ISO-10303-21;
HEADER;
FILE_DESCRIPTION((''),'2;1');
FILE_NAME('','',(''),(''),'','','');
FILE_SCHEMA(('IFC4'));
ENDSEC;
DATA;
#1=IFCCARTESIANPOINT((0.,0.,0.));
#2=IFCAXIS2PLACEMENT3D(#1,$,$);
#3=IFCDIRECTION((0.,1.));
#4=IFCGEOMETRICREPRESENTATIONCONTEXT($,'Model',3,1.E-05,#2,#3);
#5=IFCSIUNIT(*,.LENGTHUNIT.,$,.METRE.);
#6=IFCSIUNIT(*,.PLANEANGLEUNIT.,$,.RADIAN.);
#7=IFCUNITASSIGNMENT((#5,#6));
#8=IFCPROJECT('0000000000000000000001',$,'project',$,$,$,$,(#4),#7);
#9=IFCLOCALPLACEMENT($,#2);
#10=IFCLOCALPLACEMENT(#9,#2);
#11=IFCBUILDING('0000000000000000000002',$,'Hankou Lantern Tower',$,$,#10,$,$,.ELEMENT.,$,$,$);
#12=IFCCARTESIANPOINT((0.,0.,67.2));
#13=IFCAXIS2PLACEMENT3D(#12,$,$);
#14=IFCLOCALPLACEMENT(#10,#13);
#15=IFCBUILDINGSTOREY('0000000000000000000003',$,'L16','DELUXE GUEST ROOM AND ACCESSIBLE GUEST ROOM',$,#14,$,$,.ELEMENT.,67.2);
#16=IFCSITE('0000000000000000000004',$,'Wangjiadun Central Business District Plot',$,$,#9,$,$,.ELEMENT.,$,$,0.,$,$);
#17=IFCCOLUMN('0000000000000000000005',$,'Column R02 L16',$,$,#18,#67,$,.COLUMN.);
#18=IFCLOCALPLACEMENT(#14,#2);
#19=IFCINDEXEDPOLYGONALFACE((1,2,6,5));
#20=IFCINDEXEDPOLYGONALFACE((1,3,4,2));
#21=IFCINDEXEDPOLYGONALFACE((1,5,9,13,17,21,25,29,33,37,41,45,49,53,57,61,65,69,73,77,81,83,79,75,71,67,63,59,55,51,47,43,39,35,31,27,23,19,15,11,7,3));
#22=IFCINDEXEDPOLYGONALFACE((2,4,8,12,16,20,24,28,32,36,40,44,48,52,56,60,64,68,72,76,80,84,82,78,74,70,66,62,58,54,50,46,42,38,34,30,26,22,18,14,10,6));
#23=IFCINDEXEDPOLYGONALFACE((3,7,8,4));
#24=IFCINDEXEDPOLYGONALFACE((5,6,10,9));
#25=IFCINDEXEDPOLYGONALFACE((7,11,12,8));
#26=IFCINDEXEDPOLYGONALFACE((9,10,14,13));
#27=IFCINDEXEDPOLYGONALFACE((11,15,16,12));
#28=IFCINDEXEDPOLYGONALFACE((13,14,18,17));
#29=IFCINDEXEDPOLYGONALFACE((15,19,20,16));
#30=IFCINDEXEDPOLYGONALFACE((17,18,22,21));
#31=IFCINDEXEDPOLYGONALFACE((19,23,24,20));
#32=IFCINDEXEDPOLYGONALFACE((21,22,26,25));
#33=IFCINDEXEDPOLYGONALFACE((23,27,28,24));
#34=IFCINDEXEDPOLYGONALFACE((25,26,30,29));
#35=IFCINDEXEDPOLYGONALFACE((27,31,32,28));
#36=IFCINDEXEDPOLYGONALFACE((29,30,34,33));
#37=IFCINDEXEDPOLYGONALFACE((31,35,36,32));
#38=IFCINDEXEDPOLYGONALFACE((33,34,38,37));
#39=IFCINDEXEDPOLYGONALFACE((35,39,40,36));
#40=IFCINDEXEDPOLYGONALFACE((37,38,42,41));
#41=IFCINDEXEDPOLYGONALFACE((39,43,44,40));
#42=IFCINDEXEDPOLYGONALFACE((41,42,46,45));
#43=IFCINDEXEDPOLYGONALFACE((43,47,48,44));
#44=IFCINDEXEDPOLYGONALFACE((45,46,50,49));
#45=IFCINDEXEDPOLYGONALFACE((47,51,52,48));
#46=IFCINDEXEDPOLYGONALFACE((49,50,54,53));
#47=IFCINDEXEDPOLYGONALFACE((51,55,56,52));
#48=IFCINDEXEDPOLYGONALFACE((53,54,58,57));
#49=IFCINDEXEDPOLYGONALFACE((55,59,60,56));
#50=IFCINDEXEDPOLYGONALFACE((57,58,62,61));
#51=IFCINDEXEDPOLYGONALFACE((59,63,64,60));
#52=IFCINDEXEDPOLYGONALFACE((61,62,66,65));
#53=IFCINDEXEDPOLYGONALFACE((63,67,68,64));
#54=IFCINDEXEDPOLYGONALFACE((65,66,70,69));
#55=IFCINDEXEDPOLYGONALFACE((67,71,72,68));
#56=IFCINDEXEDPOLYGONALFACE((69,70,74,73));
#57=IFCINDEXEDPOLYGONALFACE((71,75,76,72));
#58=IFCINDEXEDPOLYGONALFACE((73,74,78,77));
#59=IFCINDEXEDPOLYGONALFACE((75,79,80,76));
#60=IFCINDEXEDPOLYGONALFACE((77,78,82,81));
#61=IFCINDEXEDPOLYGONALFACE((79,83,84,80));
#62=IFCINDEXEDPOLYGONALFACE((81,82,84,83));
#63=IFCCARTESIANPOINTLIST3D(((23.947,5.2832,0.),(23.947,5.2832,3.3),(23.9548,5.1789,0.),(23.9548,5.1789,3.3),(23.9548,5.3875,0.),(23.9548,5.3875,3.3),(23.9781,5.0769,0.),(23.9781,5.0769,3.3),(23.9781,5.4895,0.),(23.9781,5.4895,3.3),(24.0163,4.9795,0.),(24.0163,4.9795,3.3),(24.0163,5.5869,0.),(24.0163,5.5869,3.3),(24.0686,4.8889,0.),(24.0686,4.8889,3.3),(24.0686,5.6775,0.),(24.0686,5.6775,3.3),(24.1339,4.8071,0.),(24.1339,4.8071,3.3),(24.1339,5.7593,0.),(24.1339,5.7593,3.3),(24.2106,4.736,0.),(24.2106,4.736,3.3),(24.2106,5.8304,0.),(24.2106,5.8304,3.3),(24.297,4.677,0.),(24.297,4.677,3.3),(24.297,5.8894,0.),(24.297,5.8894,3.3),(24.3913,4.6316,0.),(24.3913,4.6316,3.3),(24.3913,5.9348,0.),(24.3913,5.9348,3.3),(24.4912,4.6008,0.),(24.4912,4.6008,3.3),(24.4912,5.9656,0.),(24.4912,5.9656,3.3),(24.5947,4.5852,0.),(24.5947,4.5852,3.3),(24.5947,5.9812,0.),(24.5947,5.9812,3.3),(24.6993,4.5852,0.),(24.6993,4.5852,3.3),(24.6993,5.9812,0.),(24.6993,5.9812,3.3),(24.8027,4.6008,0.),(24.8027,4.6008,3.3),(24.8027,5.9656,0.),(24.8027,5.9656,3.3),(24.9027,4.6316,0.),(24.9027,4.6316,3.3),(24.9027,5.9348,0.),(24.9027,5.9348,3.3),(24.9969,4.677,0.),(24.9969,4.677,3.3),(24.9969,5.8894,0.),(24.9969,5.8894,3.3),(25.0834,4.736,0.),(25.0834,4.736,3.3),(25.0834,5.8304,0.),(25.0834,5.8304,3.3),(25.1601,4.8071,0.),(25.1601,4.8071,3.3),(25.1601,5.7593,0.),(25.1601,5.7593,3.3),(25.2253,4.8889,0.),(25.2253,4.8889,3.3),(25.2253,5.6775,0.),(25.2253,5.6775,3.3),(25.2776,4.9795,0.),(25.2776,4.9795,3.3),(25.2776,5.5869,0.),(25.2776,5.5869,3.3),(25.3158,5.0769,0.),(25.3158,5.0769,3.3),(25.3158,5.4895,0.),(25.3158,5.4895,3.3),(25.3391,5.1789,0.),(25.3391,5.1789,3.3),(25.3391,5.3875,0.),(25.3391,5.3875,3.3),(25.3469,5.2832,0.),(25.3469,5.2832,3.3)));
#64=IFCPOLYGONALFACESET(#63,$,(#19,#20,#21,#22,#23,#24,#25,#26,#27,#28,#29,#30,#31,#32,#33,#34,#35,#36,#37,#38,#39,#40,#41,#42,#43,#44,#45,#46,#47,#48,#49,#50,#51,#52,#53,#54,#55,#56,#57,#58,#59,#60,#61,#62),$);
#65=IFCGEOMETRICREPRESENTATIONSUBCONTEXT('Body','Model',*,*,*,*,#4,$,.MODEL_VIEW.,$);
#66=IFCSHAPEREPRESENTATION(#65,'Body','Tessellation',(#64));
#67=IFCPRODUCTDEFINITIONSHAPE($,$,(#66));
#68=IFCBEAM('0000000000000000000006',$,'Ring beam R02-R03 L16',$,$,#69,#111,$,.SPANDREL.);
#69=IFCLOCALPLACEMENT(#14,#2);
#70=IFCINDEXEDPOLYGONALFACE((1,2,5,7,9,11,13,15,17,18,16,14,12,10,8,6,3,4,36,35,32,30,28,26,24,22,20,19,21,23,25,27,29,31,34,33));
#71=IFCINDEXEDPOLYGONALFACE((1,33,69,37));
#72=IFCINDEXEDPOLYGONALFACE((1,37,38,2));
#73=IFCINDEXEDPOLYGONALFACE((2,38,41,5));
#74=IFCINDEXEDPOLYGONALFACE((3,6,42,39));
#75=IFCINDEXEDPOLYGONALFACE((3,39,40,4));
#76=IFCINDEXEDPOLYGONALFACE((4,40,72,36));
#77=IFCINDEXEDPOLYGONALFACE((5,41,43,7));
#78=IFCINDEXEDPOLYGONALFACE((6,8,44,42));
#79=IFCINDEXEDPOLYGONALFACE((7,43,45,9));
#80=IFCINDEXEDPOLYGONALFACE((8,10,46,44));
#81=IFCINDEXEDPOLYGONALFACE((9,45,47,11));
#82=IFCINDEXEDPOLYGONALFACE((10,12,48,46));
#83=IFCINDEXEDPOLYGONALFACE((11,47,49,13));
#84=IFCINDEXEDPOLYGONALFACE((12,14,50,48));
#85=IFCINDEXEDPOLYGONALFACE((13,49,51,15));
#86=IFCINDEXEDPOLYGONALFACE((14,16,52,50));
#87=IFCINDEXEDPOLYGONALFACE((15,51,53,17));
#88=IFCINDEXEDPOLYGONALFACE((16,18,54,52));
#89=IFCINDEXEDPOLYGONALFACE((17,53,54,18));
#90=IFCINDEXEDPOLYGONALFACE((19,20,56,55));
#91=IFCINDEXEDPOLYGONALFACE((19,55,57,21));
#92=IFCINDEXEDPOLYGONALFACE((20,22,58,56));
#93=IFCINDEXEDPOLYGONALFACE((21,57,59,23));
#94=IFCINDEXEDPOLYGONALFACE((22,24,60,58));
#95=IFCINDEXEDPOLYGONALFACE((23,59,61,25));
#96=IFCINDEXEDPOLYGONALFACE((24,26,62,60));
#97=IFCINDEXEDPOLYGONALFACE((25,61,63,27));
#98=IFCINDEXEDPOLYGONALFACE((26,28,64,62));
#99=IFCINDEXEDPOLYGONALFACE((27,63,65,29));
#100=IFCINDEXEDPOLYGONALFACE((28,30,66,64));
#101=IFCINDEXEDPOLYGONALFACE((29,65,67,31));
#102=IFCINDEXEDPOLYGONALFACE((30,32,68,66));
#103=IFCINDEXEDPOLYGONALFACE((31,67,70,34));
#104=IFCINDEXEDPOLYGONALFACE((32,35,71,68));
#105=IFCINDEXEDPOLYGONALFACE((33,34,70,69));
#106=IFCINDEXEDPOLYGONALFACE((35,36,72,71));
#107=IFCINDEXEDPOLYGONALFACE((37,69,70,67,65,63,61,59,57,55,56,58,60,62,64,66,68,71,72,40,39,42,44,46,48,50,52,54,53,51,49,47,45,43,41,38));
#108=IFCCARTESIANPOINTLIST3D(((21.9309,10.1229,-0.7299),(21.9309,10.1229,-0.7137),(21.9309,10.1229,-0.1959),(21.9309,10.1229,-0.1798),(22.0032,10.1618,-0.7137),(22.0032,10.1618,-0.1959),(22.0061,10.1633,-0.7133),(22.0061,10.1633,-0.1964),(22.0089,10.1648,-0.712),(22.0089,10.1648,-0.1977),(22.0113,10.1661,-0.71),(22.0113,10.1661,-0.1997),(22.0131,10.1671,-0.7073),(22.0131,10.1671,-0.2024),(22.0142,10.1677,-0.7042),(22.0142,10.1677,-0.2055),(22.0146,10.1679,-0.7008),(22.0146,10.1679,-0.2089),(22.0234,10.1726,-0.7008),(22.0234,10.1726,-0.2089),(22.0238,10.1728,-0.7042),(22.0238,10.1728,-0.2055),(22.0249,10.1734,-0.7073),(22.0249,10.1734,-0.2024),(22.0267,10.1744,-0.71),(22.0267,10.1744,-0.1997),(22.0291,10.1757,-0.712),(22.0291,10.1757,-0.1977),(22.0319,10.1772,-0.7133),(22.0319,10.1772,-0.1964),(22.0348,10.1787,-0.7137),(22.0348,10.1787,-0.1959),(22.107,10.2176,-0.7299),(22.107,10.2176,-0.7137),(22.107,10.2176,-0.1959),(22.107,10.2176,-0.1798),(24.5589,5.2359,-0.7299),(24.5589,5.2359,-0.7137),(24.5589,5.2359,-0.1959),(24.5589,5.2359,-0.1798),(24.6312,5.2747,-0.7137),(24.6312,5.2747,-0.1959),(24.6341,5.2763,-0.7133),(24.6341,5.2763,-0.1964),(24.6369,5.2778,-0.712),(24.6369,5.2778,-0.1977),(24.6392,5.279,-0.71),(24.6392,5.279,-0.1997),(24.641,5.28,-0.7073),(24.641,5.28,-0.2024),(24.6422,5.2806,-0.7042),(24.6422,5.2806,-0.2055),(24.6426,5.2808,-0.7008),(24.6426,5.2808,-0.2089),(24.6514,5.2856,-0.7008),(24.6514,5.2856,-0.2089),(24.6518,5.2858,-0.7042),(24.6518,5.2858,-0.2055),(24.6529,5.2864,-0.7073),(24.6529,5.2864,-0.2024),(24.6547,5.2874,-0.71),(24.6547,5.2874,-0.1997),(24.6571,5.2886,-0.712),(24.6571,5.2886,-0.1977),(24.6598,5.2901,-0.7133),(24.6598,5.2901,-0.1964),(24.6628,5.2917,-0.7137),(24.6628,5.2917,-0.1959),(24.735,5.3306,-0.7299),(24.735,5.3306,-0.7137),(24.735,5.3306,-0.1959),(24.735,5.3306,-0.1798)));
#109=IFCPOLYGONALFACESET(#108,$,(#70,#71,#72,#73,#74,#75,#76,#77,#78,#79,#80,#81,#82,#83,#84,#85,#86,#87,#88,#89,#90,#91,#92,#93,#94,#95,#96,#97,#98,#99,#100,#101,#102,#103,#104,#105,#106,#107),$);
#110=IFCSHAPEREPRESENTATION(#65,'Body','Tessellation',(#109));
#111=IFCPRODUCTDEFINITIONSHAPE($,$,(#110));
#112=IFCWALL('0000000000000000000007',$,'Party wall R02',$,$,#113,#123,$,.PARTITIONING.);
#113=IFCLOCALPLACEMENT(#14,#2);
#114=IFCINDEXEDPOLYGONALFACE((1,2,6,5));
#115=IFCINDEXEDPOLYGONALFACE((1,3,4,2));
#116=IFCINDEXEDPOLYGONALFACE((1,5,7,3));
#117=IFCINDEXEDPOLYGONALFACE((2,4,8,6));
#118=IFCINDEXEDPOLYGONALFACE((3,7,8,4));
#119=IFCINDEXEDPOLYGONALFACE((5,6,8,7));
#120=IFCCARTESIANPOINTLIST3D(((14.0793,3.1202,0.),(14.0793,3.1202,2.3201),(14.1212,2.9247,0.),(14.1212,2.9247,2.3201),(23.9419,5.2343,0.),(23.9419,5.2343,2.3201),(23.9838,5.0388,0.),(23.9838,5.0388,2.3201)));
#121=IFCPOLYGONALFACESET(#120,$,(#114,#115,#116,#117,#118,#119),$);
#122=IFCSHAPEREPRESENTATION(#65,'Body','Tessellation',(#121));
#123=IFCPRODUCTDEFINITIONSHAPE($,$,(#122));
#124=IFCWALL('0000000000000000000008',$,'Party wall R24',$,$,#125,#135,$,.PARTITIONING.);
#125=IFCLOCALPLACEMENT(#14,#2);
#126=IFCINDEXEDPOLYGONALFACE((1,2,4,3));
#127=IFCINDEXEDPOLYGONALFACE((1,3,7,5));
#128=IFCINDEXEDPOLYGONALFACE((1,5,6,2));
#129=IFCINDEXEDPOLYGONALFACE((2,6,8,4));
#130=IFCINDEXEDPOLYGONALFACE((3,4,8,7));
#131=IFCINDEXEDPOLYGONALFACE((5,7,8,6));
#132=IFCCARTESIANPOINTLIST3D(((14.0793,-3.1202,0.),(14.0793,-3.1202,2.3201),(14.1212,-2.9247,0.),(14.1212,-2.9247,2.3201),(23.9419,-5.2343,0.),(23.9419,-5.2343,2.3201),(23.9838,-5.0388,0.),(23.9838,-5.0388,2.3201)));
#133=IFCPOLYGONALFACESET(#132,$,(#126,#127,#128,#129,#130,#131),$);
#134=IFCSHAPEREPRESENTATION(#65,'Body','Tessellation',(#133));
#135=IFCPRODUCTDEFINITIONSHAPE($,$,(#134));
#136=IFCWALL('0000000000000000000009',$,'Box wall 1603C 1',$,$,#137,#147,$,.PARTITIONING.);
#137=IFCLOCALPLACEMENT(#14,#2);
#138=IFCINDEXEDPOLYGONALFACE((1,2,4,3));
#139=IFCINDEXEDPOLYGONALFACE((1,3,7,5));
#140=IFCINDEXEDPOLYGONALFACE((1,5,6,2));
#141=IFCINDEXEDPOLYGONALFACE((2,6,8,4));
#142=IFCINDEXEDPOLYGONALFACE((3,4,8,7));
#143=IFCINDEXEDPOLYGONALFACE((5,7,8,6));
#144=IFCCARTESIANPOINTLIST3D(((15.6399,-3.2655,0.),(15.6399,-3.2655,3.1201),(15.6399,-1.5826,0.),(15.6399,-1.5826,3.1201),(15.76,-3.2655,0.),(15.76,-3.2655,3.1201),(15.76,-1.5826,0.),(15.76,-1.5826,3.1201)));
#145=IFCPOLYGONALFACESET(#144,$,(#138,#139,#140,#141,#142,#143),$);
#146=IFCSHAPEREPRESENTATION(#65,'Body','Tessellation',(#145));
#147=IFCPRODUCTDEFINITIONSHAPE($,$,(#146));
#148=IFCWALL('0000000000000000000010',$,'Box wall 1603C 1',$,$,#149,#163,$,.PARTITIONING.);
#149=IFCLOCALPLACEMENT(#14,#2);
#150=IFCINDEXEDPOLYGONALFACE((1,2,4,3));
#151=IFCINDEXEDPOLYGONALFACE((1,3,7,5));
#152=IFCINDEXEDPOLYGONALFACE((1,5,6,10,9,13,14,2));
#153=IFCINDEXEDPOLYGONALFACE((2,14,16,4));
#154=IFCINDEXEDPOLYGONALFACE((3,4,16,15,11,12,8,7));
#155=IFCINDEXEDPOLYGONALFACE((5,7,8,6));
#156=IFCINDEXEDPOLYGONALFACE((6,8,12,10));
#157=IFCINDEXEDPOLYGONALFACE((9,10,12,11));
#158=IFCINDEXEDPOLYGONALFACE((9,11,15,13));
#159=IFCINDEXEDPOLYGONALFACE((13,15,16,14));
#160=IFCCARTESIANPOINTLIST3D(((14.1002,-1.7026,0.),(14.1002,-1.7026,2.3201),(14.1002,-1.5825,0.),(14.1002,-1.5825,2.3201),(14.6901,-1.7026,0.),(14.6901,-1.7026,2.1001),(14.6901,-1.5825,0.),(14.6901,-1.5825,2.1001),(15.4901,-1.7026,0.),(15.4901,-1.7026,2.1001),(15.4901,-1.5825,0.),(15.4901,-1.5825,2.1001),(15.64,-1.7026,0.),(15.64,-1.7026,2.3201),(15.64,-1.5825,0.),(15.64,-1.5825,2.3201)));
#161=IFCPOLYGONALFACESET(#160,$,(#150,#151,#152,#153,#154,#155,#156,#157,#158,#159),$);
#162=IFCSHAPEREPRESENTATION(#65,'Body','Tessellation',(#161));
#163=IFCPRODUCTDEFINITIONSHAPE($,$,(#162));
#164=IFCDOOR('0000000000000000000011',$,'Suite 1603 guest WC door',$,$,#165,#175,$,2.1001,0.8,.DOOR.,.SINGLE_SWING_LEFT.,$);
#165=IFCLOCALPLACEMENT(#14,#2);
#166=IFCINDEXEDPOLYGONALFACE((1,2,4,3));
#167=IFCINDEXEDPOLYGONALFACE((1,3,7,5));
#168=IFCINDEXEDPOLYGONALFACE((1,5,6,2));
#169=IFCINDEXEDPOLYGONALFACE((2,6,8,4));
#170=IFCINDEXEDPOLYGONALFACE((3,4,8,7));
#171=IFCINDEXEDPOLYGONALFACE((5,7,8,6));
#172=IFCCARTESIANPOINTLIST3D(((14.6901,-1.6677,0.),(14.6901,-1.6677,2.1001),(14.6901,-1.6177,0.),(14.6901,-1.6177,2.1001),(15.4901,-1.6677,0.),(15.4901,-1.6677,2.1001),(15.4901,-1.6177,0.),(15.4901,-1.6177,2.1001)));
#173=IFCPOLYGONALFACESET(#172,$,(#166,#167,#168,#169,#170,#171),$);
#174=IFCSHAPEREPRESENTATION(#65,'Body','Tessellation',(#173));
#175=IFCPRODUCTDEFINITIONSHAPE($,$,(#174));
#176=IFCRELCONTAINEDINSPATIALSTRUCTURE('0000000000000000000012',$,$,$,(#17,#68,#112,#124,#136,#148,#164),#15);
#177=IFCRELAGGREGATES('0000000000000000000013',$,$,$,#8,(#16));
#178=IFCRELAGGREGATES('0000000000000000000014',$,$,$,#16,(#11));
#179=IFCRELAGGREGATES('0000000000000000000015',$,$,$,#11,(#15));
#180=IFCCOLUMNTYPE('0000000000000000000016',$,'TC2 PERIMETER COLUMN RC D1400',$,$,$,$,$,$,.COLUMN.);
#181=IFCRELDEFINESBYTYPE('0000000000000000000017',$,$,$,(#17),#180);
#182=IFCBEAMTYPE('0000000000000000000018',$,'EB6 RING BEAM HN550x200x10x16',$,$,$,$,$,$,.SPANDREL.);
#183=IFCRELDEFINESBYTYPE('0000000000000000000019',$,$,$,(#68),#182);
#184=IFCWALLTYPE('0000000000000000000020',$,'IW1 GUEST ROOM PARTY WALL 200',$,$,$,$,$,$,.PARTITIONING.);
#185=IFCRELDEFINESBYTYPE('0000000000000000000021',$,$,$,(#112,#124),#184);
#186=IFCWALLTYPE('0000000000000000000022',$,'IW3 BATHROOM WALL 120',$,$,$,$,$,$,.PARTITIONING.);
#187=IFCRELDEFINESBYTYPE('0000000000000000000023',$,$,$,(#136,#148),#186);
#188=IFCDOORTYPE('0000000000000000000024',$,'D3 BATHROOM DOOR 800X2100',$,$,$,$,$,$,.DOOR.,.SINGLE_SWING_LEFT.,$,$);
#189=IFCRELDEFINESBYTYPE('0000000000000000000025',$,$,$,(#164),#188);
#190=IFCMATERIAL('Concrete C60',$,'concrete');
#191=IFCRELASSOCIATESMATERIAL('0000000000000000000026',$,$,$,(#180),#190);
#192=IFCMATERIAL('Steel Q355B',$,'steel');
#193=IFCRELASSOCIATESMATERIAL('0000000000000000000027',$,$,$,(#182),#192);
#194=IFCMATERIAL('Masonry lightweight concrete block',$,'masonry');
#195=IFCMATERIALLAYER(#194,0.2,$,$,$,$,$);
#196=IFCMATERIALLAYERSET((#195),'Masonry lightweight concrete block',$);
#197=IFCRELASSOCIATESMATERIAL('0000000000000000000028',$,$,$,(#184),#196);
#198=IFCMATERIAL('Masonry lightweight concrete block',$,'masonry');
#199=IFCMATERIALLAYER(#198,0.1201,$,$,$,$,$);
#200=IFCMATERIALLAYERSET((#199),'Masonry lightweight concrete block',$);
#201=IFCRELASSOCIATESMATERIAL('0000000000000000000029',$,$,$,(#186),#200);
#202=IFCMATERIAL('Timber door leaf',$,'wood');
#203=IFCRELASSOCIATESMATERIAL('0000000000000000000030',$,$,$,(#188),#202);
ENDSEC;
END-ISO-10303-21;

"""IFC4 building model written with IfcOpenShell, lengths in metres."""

from ifc_helpers import new_model, si_unit, direction, frame, frame_2d, origin, origin_2d, place, context, subcontext, project, spatial, rectangle, circle, i_section, extrude, material, layer, layer_set, material_profile, profile_set, type_object, element, fill, save


model = new_model("IFC4")

# Units and contexts
model_context = context("Model", 3, precision=1e-05, world=origin(), true_north=direction((0.0, 1.0)))
body_context = subcontext(model_context, "Body", "Model", "MODEL_VIEW")
ifc_project = project(units=[si_unit("LENGTHUNIT", "METRE"), si_unit("PLANEANGLEUNIT", "RADIAN")], contexts=[model_context])

# Site, building, storey
site_placement = place(None, origin())
site = spatial("IfcSite", under=ifc_project, at=site_placement, Name="Wangjiadun Central Business District Plot", CompositionType="ELEMENT", RefElevation=0.0)
building_placement = place(site_placement, origin())
building = spatial("IfcBuilding", under=site, at=building_placement, Name="Hankou Lantern Tower", CompositionType="ELEMENT")
storey_placement = place(building_placement, frame((0.0, 0.0, 67.2)))
storey = spatial("IfcBuildingStorey", under=building, at=storey_placement, Name="L16", Description="DELUXE GUEST ROOM AND ACCESSIBLE GUEST ROOM", CompositionType="ELEMENT", Elevation=67.2)

# Column
ifc_material_1 = material(Name="Concrete C60", Category="concrete")
ifc_material_profile_1 = material_profile(ifc_material_1, circle(Radius=0.7, at=origin_2d()), Name="RC D1400")
ifc_profile_set_1 = profile_set([ifc_material_profile_1], Name="Concrete C60")
column_type = type_object("IfcColumnType", Name="TC2 PERIMETER COLUMN RC D1400", PredefinedType="COLUMN", material=ifc_profile_set_1)
column_placement = place(storey_placement, frame((24.647, 5.2832, 0.0), z_axis=(0.0, 0.0, 1.0), x_axis=(1.0, 0.0, 0.0)))
element("IfcColumn", 1, at=column_placement, inside=storey, type_object=column_type, Name="Column R02 L16", PredefinedType="COLUMN", context=body_context, shape_type="SweptSolid", body=[
    extrude(circle(Radius=0.7, at=origin_2d()), origin(), (0.0, 0.0, 1.0), 3.3),
])

# Beam
ifc_material_2 = material(Name="Steel Q355B", Category="steel")
ifc_material_profile_2 = material_profile(ifc_material_2, i_section(OverallWidth=0.2, OverallDepth=0.55, WebThickness=0.01, FlangeThickness=0.0161, FilletRadius=0.0129, at=origin_2d()), Name="HN550x200x10x16")
ifc_profile_set_2 = profile_set([ifc_material_profile_2], Name="Steel Q355B")
beam_type = type_object("IfcBeamType", Name="EB6 RING BEAM HN550x200x10x16", PredefinedType="SPANDREL", material=ifc_profile_set_2)
beam_placement = place(storey_placement, frame((24.647, 5.2832, -0.4548), z_axis=(-0.473609, 0.880735, 0.0), x_axis=(-0.880735, -0.473609, 0.0)))
element("IfcBeam", 2, at=beam_placement, inside=storey, type_object=beam_type, Name="Ring beam R02-R03 L16", PredefinedType="SPANDREL", context=body_context, shape_type="SweptSolid", body=[
    extrude(i_section(OverallWidth=0.2, OverallDepth=0.55, WebThickness=0.01, FlangeThickness=0.0161, FilletRadius=0.0129, at=origin_2d()), origin(), (0.0, 0.0, 1.0), 5.5488),
])

# Walls
ifc_material_3 = material(Name="Masonry lightweight concrete block", Category="masonry")
ifc_layer_1 = layer(ifc_material_3, 0.2)
ifc_layer_set_1 = layer_set([ifc_layer_1], Name="Masonry lightweight concrete block")
wall_type_1 = type_object("IfcWallType", Name="IW1 GUEST ROOM PARTY WALL 200", PredefinedType="PARTITIONING", material=ifc_layer_set_1)
for number, where, z_axis, x_axis, name in (
    (3, (14.1001, 3.0225, 0.0), (0.0, 0.0, 1.0), (0.97779, 0.209587, 0.0), "Party wall R02"),
    (4, (14.1001, -3.0225, 0.0), (0.0, 0.0, 1.0), (0.97779, -0.209587, 0.0), "Party wall R24"),
):
    element("IfcWall", number, at=place(storey_placement, frame(where, z_axis=z_axis, x_axis=x_axis)), inside=storey, type_object=wall_type_1, Name=name, PredefinedType="PARTITIONING", context=body_context, shape_type="SweptSolid", body=[
        extrude(rectangle(XDim=10.0867, YDim=0.2, at=frame_2d((5.0435, 0.0))), origin(), (0.0, 0.0, 1.0), 2.3201),
    ])
ifc_material_4 = material(Name="Masonry lightweight concrete block", Category="masonry")
ifc_layer_2 = layer(ifc_material_4, 0.1201)
ifc_layer_set_2 = layer_set([ifc_layer_2], Name="Masonry lightweight concrete block")
wall_type_2 = type_object("IfcWallType", Name="IW3 BATHROOM WALL 120", PredefinedType="PARTITIONING", material=ifc_layer_set_2)
wall_1_placement = place(storey_placement, frame((15.7, -3.2654, 0.0), z_axis=(0.0, 0.0, 1.0), x_axis=(0.0, 1.0, 0.0)))
element("IfcWall", 5, at=wall_1_placement, inside=storey, type_object=wall_type_2, Name="Box wall 1603C 1", PredefinedType="PARTITIONING", context=body_context, shape_type="SweptSolid", body=[
    extrude(rectangle(XDim=1.6829, YDim=0.1201, at=frame_2d((0.8413, 0.0))), origin(), (0.0, 0.0, 1.0), 3.1201),
])

# Wall, opening, door
wall_2_placement = place(storey_placement, frame((14.1001, -1.6426, 0.0), z_axis=(0.0, 0.0, 1.0), x_axis=(1.0, 0.0, 0.0)))
wall_2 = element("IfcWall", 6, at=wall_2_placement, inside=storey, type_object=wall_type_2, Name="Box wall 1603C 1", PredefinedType="PARTITIONING", context=body_context, shape_type="SweptSolid", body=[
    extrude(rectangle(XDim=1.5398, YDim=0.1201, at=frame_2d((0.77, 0.0))), origin(), (0.0, 0.0, 1.0), 2.3201),
])
opening_1_placement = place(wall_2_placement, frame((0.5901, 0.0, 0.0)))
opening_1 = element("IfcOpeningElement", 7, at=opening_1_placement, cuts=wall_2, PredefinedType="OPENING", context=body_context, shape_type="SweptSolid", body=[
    extrude(rectangle(XDim=0.8, YDim=2.1001, at=frame_2d((0.3999, 1.05))), frame((0.0, 0.0701, 0.0), z_axis=(0.0, -1.0, 0.0), x_axis=(1.0, 0.0, 0.0)), (0.0, 0.0, 1.0), 0.1401),
])
ifc_material_5 = material(Name="Timber door leaf", Category="wood")
door_type_1 = type_object("IfcDoorType", Name="D3 BATHROOM DOOR 800X2100", OperationType="SINGLE_SWING_LEFT", PredefinedType="DOOR", material=ifc_material_5)
door_1_placement = place(opening_1_placement, origin())
door_1 = element("IfcDoor", 8, at=door_1_placement, inside=storey, type_object=door_type_1, Name="Suite 1603 guest WC door", OperationType="SINGLE_SWING_LEFT", OverallHeight=2.1001, OverallWidth=0.8, PredefinedType="DOOR", context=body_context, shape_type="SweptSolid", body=[
    extrude(rectangle(XDim=0.8, YDim=2.1001, at=frame_2d((0.3999, 1.05))), frame((0.0, 0.0249, 0.0), z_axis=(0.0, -1.0, 0.0), x_axis=(1.0, 0.0, 0.0)), (0.0, 0.0, 1.0), 0.05),
])
fill(opening_1, door_1)

save(model, "model.ifc")
